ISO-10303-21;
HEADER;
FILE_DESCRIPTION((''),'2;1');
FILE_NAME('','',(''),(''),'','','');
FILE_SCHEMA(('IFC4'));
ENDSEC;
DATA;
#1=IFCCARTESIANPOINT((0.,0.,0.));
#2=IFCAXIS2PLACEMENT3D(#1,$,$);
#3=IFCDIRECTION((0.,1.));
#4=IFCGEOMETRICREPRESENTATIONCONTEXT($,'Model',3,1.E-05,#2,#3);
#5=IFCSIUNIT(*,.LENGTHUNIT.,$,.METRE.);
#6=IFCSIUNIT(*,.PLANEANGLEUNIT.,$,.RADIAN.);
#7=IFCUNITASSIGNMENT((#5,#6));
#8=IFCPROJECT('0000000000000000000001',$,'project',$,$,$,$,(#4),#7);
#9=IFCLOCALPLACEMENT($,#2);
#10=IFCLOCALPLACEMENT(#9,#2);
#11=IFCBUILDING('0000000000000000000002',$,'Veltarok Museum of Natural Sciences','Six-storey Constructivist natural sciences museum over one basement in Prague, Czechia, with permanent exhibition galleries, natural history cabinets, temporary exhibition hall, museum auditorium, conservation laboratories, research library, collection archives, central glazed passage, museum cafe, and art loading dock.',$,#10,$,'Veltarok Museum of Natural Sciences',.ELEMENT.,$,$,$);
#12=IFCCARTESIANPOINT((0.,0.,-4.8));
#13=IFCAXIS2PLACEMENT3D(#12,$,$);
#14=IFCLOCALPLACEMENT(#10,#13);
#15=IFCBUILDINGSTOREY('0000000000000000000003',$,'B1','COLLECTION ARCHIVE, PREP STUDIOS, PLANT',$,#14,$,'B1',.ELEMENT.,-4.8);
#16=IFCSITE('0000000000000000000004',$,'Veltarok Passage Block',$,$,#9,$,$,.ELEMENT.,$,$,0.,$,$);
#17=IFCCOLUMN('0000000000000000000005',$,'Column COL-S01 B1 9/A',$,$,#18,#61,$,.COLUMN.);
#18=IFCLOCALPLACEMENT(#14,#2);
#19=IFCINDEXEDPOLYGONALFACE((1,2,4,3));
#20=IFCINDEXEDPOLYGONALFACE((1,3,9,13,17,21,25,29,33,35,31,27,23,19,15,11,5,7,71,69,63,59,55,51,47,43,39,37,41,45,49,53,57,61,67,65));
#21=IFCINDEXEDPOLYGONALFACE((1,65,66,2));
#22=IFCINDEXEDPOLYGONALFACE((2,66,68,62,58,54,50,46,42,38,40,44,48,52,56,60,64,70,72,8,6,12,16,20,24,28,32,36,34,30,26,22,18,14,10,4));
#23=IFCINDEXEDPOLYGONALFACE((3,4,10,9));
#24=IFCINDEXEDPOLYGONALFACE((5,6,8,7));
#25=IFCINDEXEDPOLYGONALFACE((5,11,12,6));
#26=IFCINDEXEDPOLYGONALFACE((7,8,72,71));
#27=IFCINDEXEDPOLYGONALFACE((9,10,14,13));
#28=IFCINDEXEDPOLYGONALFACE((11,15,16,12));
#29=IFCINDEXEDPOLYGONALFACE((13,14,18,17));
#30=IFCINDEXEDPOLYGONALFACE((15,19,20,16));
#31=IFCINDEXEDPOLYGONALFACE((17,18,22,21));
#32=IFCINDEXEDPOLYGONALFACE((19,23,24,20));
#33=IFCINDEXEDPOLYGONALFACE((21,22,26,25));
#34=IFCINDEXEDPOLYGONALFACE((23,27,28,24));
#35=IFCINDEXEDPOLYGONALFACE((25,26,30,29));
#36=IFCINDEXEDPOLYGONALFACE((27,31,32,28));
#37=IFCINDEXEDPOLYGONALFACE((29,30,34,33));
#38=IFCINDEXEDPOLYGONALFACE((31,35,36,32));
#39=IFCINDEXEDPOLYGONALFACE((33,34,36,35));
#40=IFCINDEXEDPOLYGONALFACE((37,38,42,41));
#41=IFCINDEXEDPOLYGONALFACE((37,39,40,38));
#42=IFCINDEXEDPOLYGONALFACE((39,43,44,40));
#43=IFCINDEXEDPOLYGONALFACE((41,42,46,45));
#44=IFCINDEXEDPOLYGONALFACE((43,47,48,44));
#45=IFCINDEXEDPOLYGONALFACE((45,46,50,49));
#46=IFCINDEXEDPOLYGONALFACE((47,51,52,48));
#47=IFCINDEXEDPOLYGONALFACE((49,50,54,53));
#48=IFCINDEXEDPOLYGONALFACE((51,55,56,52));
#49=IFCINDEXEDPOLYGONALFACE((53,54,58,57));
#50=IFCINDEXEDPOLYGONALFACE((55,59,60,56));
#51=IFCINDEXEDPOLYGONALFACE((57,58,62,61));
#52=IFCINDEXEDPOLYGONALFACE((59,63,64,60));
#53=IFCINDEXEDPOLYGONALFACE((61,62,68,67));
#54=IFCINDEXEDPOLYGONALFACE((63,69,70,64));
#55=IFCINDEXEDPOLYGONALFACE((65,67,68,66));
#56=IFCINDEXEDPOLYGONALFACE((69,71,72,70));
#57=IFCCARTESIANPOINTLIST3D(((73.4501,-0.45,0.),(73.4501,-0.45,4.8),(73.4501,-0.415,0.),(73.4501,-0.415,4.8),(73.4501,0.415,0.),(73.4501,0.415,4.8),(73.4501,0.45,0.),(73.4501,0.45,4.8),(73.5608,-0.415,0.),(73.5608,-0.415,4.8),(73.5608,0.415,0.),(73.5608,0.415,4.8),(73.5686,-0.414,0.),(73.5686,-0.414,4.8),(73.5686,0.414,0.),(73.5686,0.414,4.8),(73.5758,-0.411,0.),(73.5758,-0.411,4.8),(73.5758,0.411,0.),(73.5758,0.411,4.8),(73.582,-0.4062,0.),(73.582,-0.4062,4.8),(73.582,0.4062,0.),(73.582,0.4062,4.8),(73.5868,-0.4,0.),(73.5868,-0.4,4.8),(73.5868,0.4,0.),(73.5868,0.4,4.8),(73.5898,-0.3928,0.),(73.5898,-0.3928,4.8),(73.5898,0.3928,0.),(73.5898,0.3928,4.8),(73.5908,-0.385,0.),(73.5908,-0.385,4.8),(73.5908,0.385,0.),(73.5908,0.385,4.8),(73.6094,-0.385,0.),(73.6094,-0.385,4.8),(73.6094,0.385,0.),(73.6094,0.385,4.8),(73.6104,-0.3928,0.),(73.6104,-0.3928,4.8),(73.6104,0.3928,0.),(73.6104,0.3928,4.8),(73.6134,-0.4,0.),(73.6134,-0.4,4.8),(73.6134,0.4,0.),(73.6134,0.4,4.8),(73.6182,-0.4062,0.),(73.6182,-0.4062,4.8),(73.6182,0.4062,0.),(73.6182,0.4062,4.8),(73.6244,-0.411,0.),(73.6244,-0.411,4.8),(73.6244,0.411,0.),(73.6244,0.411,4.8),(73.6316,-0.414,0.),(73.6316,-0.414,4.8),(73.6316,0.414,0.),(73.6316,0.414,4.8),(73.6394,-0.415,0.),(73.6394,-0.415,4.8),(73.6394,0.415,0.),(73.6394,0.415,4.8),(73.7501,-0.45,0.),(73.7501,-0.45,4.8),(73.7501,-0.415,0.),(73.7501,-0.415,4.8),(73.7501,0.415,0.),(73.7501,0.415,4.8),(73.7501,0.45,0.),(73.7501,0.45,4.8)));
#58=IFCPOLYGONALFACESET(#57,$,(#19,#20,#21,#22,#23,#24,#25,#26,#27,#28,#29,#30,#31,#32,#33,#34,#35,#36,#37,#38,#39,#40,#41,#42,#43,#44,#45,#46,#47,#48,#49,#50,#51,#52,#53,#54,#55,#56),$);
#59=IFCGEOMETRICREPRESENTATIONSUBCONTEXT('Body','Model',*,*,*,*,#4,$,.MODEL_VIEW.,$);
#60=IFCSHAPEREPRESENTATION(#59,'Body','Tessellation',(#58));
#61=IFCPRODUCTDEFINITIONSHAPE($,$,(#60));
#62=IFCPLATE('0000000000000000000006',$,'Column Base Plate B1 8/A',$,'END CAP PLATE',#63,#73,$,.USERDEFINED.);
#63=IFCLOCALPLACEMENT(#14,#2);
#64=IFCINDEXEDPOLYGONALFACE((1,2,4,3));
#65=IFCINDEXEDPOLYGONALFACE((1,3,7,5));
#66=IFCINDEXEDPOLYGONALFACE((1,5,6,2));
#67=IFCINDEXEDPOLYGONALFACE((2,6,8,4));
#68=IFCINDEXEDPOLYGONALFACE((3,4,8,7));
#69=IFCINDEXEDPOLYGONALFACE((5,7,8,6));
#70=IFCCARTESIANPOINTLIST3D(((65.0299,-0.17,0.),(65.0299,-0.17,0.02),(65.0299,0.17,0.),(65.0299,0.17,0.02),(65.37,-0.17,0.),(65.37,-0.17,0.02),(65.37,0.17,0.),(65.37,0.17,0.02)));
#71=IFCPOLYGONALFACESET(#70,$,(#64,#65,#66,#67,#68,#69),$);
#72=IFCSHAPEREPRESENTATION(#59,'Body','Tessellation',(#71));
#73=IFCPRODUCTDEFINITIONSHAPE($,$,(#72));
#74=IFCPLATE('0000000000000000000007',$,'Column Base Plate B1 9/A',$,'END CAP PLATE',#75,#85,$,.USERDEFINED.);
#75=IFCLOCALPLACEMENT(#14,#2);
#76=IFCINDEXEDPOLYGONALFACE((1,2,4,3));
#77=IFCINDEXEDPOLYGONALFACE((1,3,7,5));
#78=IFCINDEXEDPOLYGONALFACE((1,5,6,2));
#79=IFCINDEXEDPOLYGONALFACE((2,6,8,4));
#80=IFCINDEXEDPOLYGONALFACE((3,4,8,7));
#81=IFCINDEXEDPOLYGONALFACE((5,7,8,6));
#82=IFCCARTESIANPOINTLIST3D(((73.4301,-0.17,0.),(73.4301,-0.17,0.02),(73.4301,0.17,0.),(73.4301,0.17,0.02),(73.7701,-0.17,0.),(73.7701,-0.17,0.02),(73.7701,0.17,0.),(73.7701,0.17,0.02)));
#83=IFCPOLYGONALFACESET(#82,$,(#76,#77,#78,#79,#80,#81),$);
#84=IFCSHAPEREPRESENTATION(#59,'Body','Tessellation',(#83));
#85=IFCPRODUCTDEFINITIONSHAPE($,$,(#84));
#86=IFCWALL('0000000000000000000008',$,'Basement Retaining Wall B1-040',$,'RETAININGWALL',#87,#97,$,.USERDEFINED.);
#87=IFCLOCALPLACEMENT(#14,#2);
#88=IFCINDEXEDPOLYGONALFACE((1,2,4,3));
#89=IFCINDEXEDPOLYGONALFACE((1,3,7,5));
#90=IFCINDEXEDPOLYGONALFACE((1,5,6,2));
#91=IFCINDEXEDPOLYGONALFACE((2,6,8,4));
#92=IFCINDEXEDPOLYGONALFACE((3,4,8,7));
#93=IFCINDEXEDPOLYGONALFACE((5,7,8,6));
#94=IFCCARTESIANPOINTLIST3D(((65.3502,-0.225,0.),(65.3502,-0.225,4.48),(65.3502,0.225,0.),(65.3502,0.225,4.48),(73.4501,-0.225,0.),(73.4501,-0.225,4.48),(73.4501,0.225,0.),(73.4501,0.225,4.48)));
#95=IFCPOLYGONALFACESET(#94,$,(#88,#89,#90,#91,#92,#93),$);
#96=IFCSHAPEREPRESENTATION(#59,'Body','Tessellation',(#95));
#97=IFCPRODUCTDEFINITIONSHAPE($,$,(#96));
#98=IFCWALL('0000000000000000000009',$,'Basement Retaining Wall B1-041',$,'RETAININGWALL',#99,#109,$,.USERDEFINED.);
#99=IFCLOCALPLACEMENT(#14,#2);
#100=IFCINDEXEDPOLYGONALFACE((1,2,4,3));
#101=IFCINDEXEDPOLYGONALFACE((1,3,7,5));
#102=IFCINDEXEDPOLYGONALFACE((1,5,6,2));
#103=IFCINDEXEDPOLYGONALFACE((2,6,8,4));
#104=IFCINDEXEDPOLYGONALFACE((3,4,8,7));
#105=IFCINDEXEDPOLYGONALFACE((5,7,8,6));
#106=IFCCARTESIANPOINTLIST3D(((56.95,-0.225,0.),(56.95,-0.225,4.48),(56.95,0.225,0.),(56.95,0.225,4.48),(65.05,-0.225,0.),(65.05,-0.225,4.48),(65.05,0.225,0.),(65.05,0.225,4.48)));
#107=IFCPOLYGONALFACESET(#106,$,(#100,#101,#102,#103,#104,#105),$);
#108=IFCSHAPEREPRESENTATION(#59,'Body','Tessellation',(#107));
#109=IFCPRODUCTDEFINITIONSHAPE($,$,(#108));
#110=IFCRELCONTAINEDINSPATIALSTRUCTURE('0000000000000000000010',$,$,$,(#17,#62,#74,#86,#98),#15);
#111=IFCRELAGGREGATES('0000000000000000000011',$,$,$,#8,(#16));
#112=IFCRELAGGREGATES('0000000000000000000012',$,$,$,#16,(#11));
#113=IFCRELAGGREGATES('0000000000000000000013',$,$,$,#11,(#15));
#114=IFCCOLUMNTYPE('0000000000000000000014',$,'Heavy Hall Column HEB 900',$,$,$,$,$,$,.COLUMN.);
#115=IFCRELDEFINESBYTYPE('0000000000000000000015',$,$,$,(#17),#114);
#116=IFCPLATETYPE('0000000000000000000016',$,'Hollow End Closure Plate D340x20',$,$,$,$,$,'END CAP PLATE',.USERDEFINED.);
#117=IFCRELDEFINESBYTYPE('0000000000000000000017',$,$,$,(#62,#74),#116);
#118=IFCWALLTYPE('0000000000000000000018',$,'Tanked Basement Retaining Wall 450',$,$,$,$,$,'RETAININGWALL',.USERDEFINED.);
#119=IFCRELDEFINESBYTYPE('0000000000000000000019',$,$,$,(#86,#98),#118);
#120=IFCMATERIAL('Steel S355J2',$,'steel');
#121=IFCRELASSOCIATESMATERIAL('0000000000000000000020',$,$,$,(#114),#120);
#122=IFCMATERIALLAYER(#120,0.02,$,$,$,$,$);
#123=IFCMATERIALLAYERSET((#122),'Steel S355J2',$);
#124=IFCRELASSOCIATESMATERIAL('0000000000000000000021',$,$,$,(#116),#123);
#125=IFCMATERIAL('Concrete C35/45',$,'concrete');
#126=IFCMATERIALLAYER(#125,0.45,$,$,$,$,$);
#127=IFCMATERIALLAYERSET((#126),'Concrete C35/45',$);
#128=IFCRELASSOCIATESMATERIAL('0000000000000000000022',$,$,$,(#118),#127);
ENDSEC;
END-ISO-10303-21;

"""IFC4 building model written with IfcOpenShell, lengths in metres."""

from ifc_helpers import new_model, si_unit, direction, frame, frame_2d, origin, origin_2d, place, context, subcontext, project, spatial, rectangle, i_section, extrude, material, layer, layer_set, material_profile, profile_set, type_object, element, save


model = new_model("IFC4")

# Units and contexts
model_context = context("Model", 3, precision=1e-05, world=origin(), true_north=direction((0.0, 1.0)))
body_context = subcontext(model_context, "Body", "Model", "MODEL_VIEW")
ifc_project = project(units=[si_unit("LENGTHUNIT", "METRE"), si_unit("PLANEANGLEUNIT", "RADIAN")], contexts=[model_context])

# Site, building, storey
site_placement = place(None, origin())
site = spatial("IfcSite", under=ifc_project, at=site_placement, Name="Veltarok Passage Block", CompositionType="ELEMENT", RefElevation=0.0)
building_placement = place(site_placement, origin())
building = spatial("IfcBuilding", under=site, at=building_placement, Name="Veltarok Museum of Natural Sciences", Description="Six-storey Constructivist natural sciences museum over one basement in Prague, Czechia, with permanent exhibition galleries, natural history cabinets, temporary exhibition hall, museum auditorium, conservation laboratories, research library, collection archives, central glazed passage, museum cafe, and art loading dock.", LongName="Veltarok Museum of Natural Sciences", CompositionType="ELEMENT")
storey_placement = place(building_placement, frame((0.0, 0.0, -4.8)))
storey = spatial("IfcBuildingStorey", under=building, at=storey_placement, Name="B1", Description="COLLECTION ARCHIVE, PREP STUDIOS, PLANT", LongName="B1", CompositionType="ELEMENT", Elevation=-4.8)

# Shared definitions
ifc_material_1 = material(Name="Concrete C35/45", Category="concrete")

# Column
ifc_material_2 = material(Name="Steel S355J2", Category="steel")
ifc_material_profile_1 = material_profile(ifc_material_2, i_section(OverallWidth=0.3, OverallDepth=0.8999, WebThickness=0.0186, FlangeThickness=0.0349, FilletRadius=0.03, at=origin_2d()), Name="HEB 900")
ifc_profile_set_1 = profile_set([ifc_material_profile_1], Name="Steel S355J2")
column_type = type_object("IfcColumnType", Name="Heavy Hall Column HEB 900", PredefinedType="COLUMN", material=ifc_profile_set_1)
for number, where, z_axis, x_axis, name in (
    (1, (73.6001, 0.0, 0.0), (0.0, 0.0, 1.0), (1.0, 0.0, 0.0), "Column COL-S01 B1 9/A"),
):
    element("IfcColumn", number, at=place(storey_placement, frame(where, z_axis=z_axis, x_axis=x_axis)), inside=storey, type_object=column_type, Name=name, PredefinedType="COLUMN", context=body_context, shape_type="SweptSolid", body=[
        extrude(i_section(OverallWidth=0.3, OverallDepth=0.8999, WebThickness=0.0186, FlangeThickness=0.0349, FilletRadius=0.03, at=origin_2d()), origin(), (0.0, 0.0, 1.0), 4.8),
    ])

# Plates
ifc_layer_1 = layer(ifc_material_2, 0.02)
ifc_layer_set_1 = layer_set([ifc_layer_1], Name="Steel S355J2")
plate_type = type_object("IfcPlateType", Name="Hollow End Closure Plate D340x20", ElementType="END CAP PLATE", PredefinedType="USERDEFINED", material=ifc_layer_set_1)
for number, where, z_axis, x_axis, name in (
    (2, (65.2, 0.0, 0.0), (0.0, 0.0, 1.0), (1.0, 0.0, 0.0), "Column Base Plate B1 8/A"),
    (3, (73.6001, 0.0, 0.0), (0.0, 0.0, 1.0), (1.0, 0.0, 0.0), "Column Base Plate B1 9/A"),
):
    element("IfcPlate", number, at=place(storey_placement, frame(where, z_axis=z_axis, x_axis=x_axis)), inside=storey, type_object=plate_type, Name=name, ObjectType="END CAP PLATE", PredefinedType="USERDEFINED", context=body_context, shape_type="SweptSolid", body=[
        extrude(rectangle(XDim=0.3401, YDim=0.3401, at=origin_2d()), origin(), (0.0, 0.0, 1.0), 0.02),
    ])

# Walls
ifc_layer_2 = layer(ifc_material_1, 0.45)
ifc_layer_set_2 = layer_set([ifc_layer_2], Name="Concrete C35/45")
wall_type = type_object("IfcWallType", Name="Tanked Basement Retaining Wall 450", ElementType="RETAININGWALL", PredefinedType="USERDEFINED", material=ifc_layer_set_2)
wall_1_placement = place(storey_placement, frame((73.45, 0.0, 0.0), z_axis=(0.0, 0.0, 1.0), x_axis=(-1.0, 0.0, 0.0)))
element("IfcWall", 4, at=wall_1_placement, inside=storey, type_object=wall_type, Name="Basement Retaining Wall B1-040", ObjectType="RETAININGWALL", PredefinedType="USERDEFINED", context=body_context, shape_type="SweptSolid", body=[
    extrude(rectangle(XDim=8.0999, YDim=0.45, at=frame_2d((4.0498, 0.0))), origin(), (0.0, 0.0, 1.0), 4.48),
])
wall_2_placement = place(storey_placement, frame((65.05, 0.0, 0.0), z_axis=(0.0, 0.0, 1.0), x_axis=(-1.0, 0.0, 0.0)))
element("IfcWall", 5, at=wall_2_placement, inside=storey, type_object=wall_type, Name="Basement Retaining Wall B1-041", ObjectType="RETAININGWALL", PredefinedType="USERDEFINED", context=body_context, shape_type="SweptSolid", body=[
    extrude(rectangle(XDim=8.1001, YDim=0.45, at=frame_2d((4.05, 0.0))), origin(), (0.0, 0.0, 1.0), 4.48),
])

save(model, "model.ifc")
